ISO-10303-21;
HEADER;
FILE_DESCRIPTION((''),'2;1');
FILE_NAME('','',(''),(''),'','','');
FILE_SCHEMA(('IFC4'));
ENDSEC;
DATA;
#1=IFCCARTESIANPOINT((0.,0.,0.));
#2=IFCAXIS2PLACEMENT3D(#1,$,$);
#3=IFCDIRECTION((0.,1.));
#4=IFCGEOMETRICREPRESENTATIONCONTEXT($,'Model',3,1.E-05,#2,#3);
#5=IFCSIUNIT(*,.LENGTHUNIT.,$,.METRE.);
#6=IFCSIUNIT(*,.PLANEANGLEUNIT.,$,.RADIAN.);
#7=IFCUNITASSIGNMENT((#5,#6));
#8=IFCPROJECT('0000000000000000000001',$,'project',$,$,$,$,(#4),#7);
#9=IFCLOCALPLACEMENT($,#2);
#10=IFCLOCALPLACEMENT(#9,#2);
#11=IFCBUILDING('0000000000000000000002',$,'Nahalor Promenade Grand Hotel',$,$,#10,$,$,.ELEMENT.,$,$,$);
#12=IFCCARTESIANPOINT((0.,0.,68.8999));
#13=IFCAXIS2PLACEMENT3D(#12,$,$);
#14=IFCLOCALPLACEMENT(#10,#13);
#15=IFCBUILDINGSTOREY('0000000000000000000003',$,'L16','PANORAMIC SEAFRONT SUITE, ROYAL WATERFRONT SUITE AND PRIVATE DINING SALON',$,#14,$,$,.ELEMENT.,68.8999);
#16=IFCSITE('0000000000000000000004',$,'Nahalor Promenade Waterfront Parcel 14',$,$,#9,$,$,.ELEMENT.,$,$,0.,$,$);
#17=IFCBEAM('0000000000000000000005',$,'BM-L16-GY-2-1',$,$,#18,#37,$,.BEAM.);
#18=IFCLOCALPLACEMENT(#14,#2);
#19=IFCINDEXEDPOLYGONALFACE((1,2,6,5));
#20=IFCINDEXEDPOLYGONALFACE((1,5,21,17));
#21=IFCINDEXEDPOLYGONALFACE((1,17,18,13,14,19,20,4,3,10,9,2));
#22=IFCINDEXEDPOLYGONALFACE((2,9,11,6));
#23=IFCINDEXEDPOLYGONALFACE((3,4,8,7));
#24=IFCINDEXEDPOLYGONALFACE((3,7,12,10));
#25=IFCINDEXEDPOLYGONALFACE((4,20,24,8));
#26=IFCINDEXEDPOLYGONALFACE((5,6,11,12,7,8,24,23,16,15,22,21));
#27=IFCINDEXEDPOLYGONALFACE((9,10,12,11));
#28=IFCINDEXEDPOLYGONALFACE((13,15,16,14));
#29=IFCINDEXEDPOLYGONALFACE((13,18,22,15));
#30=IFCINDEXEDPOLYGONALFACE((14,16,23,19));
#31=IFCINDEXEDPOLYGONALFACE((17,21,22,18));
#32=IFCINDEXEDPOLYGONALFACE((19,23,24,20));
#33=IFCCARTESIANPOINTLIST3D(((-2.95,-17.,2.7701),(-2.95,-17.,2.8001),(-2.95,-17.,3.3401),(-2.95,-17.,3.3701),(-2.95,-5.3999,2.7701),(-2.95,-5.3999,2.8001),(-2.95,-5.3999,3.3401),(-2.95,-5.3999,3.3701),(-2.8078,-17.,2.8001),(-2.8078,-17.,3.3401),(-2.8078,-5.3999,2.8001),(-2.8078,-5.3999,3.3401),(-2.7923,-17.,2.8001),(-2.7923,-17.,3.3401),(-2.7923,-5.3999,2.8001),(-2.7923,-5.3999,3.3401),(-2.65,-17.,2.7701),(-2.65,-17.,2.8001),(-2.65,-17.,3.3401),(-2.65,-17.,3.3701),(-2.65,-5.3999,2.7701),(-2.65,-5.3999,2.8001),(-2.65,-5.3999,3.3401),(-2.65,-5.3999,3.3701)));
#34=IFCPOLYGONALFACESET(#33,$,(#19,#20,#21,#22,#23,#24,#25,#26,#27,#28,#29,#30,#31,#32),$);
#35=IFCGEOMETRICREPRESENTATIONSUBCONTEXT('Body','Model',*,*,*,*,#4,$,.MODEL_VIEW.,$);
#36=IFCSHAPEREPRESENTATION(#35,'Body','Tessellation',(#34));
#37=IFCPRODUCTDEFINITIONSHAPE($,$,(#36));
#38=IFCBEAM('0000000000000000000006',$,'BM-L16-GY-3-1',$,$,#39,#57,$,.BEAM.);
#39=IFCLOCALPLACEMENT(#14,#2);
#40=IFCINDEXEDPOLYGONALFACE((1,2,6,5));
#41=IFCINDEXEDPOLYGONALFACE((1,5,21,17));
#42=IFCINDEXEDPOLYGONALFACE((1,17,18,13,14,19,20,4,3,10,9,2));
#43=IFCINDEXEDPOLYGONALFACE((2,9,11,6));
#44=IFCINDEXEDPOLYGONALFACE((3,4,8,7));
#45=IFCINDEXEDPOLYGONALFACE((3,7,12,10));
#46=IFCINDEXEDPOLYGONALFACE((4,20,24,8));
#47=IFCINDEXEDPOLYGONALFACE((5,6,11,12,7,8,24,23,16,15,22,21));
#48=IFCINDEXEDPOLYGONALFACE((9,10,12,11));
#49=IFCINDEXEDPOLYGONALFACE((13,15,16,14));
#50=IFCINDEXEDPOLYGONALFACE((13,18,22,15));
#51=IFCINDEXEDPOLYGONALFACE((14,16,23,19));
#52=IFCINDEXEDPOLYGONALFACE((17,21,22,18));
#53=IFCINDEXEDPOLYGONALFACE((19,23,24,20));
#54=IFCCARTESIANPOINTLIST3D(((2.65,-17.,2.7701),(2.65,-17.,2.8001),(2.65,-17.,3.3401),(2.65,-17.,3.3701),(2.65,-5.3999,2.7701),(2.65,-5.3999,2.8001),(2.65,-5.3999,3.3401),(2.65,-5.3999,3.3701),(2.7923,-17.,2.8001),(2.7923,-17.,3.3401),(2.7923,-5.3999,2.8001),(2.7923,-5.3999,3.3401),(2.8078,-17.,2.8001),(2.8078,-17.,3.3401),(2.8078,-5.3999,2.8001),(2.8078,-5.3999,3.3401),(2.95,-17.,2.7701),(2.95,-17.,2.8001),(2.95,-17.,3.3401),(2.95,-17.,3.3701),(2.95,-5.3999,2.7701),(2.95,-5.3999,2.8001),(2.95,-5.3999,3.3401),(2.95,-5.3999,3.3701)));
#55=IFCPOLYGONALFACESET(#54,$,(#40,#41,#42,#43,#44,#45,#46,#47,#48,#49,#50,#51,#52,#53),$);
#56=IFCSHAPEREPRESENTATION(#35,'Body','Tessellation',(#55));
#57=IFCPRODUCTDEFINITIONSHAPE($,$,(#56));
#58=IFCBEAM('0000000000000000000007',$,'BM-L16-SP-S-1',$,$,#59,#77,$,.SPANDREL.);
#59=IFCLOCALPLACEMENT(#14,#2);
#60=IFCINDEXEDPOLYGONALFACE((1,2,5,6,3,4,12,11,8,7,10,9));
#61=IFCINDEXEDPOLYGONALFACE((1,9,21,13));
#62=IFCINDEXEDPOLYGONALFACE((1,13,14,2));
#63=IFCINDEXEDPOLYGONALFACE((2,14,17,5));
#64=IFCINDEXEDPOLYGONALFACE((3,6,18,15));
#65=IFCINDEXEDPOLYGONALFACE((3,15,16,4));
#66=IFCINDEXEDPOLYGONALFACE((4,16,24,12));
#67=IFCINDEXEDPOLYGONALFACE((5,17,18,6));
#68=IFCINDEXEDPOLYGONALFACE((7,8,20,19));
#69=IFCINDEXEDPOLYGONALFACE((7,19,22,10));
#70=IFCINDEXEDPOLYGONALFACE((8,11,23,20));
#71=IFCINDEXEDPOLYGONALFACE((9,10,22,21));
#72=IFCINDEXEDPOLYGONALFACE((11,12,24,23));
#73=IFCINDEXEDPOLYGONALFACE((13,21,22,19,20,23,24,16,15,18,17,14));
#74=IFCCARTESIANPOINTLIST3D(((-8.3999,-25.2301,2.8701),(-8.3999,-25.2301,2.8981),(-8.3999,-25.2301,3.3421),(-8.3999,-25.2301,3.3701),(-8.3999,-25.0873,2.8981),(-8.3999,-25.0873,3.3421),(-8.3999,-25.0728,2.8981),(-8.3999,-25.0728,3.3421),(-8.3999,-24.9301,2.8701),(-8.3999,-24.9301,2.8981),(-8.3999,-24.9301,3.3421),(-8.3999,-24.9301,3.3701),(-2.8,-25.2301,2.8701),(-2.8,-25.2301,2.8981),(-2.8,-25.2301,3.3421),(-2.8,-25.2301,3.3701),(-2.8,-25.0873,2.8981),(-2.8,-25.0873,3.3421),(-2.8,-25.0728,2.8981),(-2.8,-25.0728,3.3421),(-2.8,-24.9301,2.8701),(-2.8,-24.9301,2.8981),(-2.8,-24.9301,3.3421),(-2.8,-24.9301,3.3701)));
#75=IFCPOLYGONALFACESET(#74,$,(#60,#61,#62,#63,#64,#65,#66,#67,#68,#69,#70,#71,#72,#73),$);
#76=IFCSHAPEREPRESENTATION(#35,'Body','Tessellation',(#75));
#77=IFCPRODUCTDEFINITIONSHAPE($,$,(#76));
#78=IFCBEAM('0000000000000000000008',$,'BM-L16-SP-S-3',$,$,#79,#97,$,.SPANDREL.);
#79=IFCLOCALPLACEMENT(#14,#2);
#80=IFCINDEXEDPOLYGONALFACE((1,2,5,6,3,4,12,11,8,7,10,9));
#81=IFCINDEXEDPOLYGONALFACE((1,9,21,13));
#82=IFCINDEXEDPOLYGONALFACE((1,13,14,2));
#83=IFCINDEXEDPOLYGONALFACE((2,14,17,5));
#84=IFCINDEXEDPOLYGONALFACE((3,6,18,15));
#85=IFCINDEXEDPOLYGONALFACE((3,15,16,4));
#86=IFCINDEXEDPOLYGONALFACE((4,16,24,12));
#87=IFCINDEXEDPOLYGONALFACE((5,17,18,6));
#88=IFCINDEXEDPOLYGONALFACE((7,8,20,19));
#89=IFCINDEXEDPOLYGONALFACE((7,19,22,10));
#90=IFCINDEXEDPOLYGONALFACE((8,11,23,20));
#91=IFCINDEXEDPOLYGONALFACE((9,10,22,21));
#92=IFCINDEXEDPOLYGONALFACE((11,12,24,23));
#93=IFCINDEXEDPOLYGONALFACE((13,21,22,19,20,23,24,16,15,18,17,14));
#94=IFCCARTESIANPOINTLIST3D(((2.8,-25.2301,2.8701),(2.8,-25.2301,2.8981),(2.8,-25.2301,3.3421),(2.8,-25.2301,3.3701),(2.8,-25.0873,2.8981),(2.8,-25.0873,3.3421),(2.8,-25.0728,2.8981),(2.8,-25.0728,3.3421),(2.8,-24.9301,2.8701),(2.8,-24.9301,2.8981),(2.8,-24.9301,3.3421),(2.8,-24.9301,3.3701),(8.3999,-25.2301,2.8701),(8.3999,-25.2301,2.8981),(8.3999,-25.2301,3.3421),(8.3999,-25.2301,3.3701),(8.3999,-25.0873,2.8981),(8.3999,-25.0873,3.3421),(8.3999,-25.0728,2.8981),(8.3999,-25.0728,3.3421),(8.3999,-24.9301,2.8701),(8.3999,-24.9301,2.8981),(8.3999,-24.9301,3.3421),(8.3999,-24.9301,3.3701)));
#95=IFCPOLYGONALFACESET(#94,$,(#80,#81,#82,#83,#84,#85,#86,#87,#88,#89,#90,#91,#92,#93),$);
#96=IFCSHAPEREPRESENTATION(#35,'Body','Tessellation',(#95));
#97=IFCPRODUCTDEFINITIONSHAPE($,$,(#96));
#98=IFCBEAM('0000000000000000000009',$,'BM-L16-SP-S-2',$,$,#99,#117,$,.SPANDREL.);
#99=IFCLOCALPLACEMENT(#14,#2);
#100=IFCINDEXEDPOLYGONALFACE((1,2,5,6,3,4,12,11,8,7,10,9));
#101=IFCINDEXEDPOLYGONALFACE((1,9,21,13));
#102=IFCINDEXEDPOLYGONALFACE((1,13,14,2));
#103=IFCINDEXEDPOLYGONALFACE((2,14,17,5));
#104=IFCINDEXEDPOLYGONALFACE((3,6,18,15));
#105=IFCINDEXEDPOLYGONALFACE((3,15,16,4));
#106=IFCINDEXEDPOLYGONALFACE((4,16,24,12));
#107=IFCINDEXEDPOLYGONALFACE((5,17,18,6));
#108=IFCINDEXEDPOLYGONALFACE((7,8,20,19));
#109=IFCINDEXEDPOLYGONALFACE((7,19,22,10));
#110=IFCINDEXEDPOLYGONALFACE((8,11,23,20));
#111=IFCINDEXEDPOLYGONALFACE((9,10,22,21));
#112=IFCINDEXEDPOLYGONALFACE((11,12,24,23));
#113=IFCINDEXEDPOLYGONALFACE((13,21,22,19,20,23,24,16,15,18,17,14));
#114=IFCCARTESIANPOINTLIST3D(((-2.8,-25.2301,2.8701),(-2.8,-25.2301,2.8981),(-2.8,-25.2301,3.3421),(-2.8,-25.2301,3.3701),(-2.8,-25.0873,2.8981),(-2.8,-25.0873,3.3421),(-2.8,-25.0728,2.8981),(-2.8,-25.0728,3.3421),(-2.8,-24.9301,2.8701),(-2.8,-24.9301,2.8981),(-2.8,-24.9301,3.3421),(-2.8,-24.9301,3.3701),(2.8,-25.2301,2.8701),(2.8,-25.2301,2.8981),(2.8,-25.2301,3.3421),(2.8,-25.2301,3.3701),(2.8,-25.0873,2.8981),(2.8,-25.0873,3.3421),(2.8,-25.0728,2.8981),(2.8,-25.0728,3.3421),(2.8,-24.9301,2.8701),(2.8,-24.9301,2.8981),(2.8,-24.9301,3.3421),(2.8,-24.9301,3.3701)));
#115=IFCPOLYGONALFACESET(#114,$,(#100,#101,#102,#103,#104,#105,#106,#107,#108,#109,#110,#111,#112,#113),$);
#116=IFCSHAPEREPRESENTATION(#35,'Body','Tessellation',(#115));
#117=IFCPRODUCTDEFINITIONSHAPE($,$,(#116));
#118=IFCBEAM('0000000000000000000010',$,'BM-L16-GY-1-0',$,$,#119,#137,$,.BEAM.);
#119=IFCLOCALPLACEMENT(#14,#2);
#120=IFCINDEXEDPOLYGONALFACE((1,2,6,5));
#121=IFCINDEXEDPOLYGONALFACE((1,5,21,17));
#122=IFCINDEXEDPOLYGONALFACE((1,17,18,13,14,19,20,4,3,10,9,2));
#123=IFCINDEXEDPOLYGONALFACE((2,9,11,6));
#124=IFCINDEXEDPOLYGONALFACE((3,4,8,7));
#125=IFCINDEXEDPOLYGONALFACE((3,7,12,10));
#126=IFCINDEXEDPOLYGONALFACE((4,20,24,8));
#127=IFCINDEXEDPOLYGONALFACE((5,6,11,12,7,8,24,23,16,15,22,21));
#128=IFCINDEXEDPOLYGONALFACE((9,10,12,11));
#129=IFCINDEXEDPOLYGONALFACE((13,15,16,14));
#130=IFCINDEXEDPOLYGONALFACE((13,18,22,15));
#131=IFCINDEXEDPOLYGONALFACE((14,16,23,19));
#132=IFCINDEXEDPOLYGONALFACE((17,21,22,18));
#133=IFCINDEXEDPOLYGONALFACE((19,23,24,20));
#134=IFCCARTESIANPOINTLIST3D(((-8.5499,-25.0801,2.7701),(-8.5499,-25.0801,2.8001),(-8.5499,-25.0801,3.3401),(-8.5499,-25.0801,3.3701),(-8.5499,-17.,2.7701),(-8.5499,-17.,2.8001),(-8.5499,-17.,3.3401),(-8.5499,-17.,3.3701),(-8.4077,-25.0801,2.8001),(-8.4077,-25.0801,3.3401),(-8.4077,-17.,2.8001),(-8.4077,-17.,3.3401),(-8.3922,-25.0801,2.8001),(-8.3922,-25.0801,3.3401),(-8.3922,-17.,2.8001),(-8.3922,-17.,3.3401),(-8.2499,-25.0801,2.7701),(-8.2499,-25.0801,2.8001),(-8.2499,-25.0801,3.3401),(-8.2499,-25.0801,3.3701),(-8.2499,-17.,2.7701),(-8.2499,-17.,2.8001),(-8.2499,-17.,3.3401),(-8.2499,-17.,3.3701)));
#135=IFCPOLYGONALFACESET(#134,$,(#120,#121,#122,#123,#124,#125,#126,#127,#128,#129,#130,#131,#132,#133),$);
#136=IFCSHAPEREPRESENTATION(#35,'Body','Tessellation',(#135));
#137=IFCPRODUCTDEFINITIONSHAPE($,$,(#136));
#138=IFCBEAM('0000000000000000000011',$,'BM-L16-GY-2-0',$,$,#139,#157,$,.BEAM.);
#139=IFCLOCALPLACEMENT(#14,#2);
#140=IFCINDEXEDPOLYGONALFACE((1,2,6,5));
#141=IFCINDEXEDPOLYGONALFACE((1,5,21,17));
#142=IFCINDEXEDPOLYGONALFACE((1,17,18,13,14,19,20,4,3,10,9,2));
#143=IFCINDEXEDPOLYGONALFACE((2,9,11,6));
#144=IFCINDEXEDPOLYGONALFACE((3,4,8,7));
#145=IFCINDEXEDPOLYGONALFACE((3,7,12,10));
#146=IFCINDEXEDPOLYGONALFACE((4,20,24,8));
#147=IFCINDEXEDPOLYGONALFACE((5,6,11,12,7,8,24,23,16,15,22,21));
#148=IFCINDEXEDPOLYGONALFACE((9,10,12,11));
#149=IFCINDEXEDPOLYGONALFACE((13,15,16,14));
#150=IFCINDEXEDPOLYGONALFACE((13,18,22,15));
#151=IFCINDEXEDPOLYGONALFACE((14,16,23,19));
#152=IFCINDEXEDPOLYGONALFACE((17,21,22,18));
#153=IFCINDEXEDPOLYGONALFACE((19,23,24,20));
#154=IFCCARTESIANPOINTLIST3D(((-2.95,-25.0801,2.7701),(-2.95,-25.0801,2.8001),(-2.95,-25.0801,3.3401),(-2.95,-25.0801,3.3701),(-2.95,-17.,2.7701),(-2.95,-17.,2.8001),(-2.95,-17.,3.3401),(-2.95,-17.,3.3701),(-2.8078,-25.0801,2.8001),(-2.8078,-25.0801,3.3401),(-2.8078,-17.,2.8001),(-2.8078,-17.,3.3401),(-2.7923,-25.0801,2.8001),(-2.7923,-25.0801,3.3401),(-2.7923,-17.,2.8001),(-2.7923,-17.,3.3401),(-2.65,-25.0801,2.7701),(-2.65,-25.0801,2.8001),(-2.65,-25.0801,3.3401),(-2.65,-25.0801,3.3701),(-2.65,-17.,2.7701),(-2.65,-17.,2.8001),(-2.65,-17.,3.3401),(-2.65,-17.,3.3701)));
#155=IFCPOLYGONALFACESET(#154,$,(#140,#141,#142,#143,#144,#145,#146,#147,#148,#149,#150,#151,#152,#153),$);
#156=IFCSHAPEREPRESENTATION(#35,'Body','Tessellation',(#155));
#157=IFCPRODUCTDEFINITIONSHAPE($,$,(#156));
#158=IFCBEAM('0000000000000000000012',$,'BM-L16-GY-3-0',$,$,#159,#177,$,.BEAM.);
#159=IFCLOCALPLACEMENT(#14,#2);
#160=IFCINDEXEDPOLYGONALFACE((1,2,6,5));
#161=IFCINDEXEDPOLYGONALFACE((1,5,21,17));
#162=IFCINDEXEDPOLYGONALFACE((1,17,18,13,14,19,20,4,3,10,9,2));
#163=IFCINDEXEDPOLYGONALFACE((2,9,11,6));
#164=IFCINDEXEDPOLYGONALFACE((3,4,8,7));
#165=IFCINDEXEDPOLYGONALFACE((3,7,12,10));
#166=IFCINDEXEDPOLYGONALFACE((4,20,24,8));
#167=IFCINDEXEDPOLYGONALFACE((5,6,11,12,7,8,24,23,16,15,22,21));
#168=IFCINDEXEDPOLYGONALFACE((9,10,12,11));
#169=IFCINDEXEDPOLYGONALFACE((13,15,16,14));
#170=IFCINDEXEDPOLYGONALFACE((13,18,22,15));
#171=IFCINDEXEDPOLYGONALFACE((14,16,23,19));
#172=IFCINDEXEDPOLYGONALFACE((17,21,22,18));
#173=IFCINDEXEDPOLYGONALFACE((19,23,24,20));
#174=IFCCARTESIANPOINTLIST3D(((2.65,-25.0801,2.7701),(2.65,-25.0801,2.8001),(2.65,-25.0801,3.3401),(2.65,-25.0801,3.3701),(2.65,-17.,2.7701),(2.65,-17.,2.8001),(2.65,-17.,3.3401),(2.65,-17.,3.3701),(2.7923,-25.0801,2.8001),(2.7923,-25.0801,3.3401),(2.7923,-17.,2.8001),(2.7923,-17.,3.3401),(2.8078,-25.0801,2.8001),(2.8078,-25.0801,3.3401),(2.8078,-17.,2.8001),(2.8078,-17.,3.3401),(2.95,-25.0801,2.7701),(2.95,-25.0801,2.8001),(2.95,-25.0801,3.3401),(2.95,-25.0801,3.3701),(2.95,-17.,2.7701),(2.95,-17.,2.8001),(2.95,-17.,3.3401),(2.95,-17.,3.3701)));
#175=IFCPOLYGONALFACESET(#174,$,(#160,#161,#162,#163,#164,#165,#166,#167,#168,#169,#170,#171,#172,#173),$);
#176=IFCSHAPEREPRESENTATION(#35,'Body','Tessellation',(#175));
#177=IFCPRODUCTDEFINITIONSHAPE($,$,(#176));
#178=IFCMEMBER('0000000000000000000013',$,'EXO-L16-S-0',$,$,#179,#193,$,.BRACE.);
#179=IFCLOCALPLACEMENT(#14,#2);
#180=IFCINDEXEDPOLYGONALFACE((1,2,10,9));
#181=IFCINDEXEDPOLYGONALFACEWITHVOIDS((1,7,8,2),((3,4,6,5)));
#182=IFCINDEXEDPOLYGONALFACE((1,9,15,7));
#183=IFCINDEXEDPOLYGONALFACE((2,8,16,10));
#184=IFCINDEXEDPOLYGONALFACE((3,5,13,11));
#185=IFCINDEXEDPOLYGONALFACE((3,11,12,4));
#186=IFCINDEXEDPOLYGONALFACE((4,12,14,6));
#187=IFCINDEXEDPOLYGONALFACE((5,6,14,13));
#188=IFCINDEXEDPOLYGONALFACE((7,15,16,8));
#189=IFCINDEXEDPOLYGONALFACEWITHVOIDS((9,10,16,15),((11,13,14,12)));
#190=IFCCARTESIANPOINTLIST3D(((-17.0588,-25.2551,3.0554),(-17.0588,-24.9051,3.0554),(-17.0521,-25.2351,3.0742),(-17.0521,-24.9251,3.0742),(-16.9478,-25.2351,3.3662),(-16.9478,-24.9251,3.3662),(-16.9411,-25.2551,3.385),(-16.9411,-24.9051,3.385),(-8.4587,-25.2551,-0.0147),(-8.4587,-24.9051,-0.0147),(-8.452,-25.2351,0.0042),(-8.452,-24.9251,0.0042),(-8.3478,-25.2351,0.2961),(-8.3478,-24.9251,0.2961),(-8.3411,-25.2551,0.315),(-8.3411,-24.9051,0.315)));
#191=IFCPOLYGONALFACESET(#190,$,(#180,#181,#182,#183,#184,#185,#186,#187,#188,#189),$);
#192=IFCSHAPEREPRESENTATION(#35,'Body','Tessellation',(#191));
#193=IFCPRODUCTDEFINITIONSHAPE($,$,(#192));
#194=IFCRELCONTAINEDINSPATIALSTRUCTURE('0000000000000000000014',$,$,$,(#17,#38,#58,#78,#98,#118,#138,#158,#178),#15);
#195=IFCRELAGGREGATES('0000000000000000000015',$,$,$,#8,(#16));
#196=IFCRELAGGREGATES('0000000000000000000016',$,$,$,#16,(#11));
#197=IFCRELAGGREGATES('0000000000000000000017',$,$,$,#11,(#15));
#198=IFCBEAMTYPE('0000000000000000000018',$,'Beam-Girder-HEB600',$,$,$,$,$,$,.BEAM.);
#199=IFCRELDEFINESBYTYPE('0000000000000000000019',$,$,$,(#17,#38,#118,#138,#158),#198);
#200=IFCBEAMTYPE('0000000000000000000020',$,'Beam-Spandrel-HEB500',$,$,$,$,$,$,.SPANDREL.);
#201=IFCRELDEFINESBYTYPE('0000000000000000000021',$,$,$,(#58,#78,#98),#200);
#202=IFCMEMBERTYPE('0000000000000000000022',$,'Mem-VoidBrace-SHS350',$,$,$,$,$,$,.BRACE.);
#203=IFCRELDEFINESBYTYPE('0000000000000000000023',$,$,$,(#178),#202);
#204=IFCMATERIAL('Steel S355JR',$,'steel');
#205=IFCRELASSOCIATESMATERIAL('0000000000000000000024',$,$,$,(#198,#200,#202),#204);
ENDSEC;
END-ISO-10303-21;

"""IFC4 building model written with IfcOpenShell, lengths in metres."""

from ifc_helpers import new_model, si_unit, direction, frame, origin, origin_2d, place, context, subcontext, project, spatial, hollow_rectangle, i_section, extrude, source, transform, mapped, material, material_profile, profile_set, type_object, element, save


model = new_model("IFC4")

# Units and contexts
model_context = context("Model", 3, precision=1e-05, world=origin(), true_north=direction((0.0, 1.0)))
body_context = subcontext(model_context, "Body", "Model", "MODEL_VIEW")
ifc_project = project(units=[si_unit("LENGTHUNIT", "METRE"), si_unit("PLANEANGLEUNIT", "RADIAN")], contexts=[model_context])

# Site, building, storey
site_placement = place(None, origin())
site = spatial("IfcSite", under=ifc_project, at=site_placement, Name="Nahalor Promenade Waterfront Parcel 14", CompositionType="ELEMENT", RefElevation=0.0)
building_placement = place(site_placement, origin())
building = spatial("IfcBuilding", under=site, at=building_placement, Name="Nahalor Promenade Grand Hotel", CompositionType="ELEMENT")
storey_placement = place(building_placement, frame((0.0, 0.0, 68.8999)))
storey = spatial("IfcBuildingStorey", under=building, at=storey_placement, Name="L16", Description="PANORAMIC SEAFRONT SUITE, ROYAL WATERFRONT SUITE AND PRIVATE DINING SALON", CompositionType="ELEMENT", Elevation=68.8999)

# Beams
ifc_material_1 = material(Name="Steel S355JR", Category="steel")
ifc_material_profile_1 = material_profile(ifc_material_1, i_section(OverallWidth=0.3, OverallDepth=0.6, WebThickness=0.0155, FlangeThickness=0.03, at=origin_2d()), Name="HEB 600")
ifc_profile_set_1 = profile_set([ifc_material_profile_1], Name="Steel S355JR")
beam_type_1 = type_object("IfcBeamType", Name="Beam-Girder-HEB600", PredefinedType="BEAM", material=ifc_profile_set_1)
shared_shape_1 = source(origin(), body_context, "Body", "SweptSolid", [
    extrude(i_section(OverallWidth=0.3, OverallDepth=0.6, WebThickness=0.0155, FlangeThickness=0.03, at=origin_2d()), origin(), (0.0, 0.0, 1.0), 11.6001),
])
for number, where, z_axis, x_axis, name in (
    (1, (-2.8, -17.0, 3.0701), (0.0, 1.0, 0.0), (-1.0, 0.0, 0.0), "BM-L16-GY-2-1"),
    (2, (2.8, -17.0, 3.0701), (0.0, 1.0, 0.0), (-1.0, 0.0, 0.0), "BM-L16-GY-3-1"),
):
    element("IfcBeam", number, at=place(storey_placement, frame(where, z_axis=z_axis, x_axis=x_axis)), inside=storey, type_object=beam_type_1, Name=name, PredefinedType="BEAM", context=body_context, shape_type="MappedRepresentation", body=[
        mapped(shared_shape_1, transform((0.0, 0.0, 0.0), scale=1.0)),
    ])
ifc_material_profile_2 = material_profile(ifc_material_1, i_section(OverallWidth=0.3, OverallDepth=0.5, WebThickness=0.0145, FlangeThickness=0.028, at=origin_2d()), Name="HEB 500")
ifc_profile_set_2 = profile_set([ifc_material_profile_2], Name="Steel S355JR")
beam_type_2 = type_object("IfcBeamType", Name="Beam-Spandrel-HEB500", PredefinedType="SPANDREL", material=ifc_profile_set_2)
shared_shape_2 = source(origin(), body_context, "Body", "SweptSolid", [
    extrude(i_section(OverallWidth=0.3, OverallDepth=0.5, WebThickness=0.0145, FlangeThickness=0.028, at=origin_2d()), origin(), (0.0, 0.0, 1.0), 5.5999),
])
for number, where, z_axis, x_axis, name in (
    (3, (-8.3999, -25.0801, 3.1201), (1.0, 0.0, 0.0), (0.0, 1.0, 0.0), "BM-L16-SP-S-1"),
    (4, (2.8, -25.0801, 3.1201), (1.0, 0.0, 0.0), (0.0, 1.0, 0.0), "BM-L16-SP-S-3"),
):
    element("IfcBeam", number, at=place(storey_placement, frame(where, z_axis=z_axis, x_axis=x_axis)), inside=storey, type_object=beam_type_2, Name=name, PredefinedType="SPANDREL", context=body_context, shape_type="MappedRepresentation", body=[
        mapped(shared_shape_2, transform((0.0, 0.0, 0.0), scale=1.0)),
    ])
shared_shape_3 = source(origin(), body_context, "Body", "SweptSolid", [
    extrude(i_section(OverallWidth=0.3, OverallDepth=0.5, WebThickness=0.0145, FlangeThickness=0.028, at=origin_2d()), origin(), (0.0, 0.0, 1.0), 5.6001),
])
beam_1_placement = place(storey_placement, frame((-2.8, -25.0801, 3.1201), z_axis=(1.0, 0.0, 0.0), x_axis=(0.0, 1.0, 0.0)))
element("IfcBeam", 5, at=beam_1_placement, inside=storey, type_object=beam_type_2, Name="BM-L16-SP-S-2", PredefinedType="SPANDREL", context=body_context, shape_type="MappedRepresentation", body=[
    mapped(shared_shape_3, transform((0.0, 0.0, 0.0), scale=1.0)),
])
shared_shape_4 = source(origin(), body_context, "Body", "SweptSolid", [
    extrude(i_section(OverallWidth=0.3, OverallDepth=0.6, WebThickness=0.0155, FlangeThickness=0.03, at=origin_2d()), origin(), (0.0, 0.0, 1.0), 8.0801),
])
for number, where, z_axis, x_axis, name in (
    (6, (-8.3999, -25.0801, 3.0701), (0.0, 1.0, 0.0), (-1.0, 0.0, 0.0), "BM-L16-GY-1-0"),
    (7, (-2.8, -25.0801, 3.0701), (0.0, 1.0, 0.0), (-1.0, 0.0, 0.0), "BM-L16-GY-2-0"),
    (8, (2.8, -25.0801, 3.0701), (0.0, 1.0, 0.0), (-1.0, 0.0, 0.0), "BM-L16-GY-3-0"),
):
    element("IfcBeam", number, at=place(storey_placement, frame(where, z_axis=z_axis, x_axis=x_axis)), inside=storey, type_object=beam_type_1, Name=name, PredefinedType="BEAM", context=body_context, shape_type="MappedRepresentation", body=[
        mapped(shared_shape_4, transform((0.0, 0.0, 0.0), scale=1.0)),
    ])

# Member
ifc_material_profile_3 = material_profile(ifc_material_1, hollow_rectangle(XDim=0.35, YDim=0.35, WallThickness=0.02, at=origin_2d()), Name="SHS 350x350x20")
ifc_profile_set_3 = profile_set([ifc_material_profile_3], Name="Steel S355JR")
member_type_1 = type_object("IfcMemberType", Name="Mem-VoidBrace-SHS350", PredefinedType="BRACE", material=ifc_profile_set_3)
shared_shape_5 = source(origin(), body_context, "Body", "SweptSolid", [
    extrude(hollow_rectangle(XDim=0.35, YDim=0.35, WallThickness=0.02, at=origin_2d()), origin(), (0.0, 0.0, 1.0), 9.1316),
])
member_1_placement = place(storey_placement, frame((-8.3999, -25.0801, 0.1501), z_axis=(-0.94179, 0.0, 0.336201), x_axis=(0.0, -1.0, 0.0)))
element("IfcMember", 9, at=member_1_placement, inside=storey, type_object=member_type_1, Name="EXO-L16-S-0", PredefinedType="BRACE", context=body_context, shape_type="MappedRepresentation", body=[
    mapped(shared_shape_5, transform((0.0, 0.0, 0.0), scale=1.0)),
])

save(model, "model.ifc")
